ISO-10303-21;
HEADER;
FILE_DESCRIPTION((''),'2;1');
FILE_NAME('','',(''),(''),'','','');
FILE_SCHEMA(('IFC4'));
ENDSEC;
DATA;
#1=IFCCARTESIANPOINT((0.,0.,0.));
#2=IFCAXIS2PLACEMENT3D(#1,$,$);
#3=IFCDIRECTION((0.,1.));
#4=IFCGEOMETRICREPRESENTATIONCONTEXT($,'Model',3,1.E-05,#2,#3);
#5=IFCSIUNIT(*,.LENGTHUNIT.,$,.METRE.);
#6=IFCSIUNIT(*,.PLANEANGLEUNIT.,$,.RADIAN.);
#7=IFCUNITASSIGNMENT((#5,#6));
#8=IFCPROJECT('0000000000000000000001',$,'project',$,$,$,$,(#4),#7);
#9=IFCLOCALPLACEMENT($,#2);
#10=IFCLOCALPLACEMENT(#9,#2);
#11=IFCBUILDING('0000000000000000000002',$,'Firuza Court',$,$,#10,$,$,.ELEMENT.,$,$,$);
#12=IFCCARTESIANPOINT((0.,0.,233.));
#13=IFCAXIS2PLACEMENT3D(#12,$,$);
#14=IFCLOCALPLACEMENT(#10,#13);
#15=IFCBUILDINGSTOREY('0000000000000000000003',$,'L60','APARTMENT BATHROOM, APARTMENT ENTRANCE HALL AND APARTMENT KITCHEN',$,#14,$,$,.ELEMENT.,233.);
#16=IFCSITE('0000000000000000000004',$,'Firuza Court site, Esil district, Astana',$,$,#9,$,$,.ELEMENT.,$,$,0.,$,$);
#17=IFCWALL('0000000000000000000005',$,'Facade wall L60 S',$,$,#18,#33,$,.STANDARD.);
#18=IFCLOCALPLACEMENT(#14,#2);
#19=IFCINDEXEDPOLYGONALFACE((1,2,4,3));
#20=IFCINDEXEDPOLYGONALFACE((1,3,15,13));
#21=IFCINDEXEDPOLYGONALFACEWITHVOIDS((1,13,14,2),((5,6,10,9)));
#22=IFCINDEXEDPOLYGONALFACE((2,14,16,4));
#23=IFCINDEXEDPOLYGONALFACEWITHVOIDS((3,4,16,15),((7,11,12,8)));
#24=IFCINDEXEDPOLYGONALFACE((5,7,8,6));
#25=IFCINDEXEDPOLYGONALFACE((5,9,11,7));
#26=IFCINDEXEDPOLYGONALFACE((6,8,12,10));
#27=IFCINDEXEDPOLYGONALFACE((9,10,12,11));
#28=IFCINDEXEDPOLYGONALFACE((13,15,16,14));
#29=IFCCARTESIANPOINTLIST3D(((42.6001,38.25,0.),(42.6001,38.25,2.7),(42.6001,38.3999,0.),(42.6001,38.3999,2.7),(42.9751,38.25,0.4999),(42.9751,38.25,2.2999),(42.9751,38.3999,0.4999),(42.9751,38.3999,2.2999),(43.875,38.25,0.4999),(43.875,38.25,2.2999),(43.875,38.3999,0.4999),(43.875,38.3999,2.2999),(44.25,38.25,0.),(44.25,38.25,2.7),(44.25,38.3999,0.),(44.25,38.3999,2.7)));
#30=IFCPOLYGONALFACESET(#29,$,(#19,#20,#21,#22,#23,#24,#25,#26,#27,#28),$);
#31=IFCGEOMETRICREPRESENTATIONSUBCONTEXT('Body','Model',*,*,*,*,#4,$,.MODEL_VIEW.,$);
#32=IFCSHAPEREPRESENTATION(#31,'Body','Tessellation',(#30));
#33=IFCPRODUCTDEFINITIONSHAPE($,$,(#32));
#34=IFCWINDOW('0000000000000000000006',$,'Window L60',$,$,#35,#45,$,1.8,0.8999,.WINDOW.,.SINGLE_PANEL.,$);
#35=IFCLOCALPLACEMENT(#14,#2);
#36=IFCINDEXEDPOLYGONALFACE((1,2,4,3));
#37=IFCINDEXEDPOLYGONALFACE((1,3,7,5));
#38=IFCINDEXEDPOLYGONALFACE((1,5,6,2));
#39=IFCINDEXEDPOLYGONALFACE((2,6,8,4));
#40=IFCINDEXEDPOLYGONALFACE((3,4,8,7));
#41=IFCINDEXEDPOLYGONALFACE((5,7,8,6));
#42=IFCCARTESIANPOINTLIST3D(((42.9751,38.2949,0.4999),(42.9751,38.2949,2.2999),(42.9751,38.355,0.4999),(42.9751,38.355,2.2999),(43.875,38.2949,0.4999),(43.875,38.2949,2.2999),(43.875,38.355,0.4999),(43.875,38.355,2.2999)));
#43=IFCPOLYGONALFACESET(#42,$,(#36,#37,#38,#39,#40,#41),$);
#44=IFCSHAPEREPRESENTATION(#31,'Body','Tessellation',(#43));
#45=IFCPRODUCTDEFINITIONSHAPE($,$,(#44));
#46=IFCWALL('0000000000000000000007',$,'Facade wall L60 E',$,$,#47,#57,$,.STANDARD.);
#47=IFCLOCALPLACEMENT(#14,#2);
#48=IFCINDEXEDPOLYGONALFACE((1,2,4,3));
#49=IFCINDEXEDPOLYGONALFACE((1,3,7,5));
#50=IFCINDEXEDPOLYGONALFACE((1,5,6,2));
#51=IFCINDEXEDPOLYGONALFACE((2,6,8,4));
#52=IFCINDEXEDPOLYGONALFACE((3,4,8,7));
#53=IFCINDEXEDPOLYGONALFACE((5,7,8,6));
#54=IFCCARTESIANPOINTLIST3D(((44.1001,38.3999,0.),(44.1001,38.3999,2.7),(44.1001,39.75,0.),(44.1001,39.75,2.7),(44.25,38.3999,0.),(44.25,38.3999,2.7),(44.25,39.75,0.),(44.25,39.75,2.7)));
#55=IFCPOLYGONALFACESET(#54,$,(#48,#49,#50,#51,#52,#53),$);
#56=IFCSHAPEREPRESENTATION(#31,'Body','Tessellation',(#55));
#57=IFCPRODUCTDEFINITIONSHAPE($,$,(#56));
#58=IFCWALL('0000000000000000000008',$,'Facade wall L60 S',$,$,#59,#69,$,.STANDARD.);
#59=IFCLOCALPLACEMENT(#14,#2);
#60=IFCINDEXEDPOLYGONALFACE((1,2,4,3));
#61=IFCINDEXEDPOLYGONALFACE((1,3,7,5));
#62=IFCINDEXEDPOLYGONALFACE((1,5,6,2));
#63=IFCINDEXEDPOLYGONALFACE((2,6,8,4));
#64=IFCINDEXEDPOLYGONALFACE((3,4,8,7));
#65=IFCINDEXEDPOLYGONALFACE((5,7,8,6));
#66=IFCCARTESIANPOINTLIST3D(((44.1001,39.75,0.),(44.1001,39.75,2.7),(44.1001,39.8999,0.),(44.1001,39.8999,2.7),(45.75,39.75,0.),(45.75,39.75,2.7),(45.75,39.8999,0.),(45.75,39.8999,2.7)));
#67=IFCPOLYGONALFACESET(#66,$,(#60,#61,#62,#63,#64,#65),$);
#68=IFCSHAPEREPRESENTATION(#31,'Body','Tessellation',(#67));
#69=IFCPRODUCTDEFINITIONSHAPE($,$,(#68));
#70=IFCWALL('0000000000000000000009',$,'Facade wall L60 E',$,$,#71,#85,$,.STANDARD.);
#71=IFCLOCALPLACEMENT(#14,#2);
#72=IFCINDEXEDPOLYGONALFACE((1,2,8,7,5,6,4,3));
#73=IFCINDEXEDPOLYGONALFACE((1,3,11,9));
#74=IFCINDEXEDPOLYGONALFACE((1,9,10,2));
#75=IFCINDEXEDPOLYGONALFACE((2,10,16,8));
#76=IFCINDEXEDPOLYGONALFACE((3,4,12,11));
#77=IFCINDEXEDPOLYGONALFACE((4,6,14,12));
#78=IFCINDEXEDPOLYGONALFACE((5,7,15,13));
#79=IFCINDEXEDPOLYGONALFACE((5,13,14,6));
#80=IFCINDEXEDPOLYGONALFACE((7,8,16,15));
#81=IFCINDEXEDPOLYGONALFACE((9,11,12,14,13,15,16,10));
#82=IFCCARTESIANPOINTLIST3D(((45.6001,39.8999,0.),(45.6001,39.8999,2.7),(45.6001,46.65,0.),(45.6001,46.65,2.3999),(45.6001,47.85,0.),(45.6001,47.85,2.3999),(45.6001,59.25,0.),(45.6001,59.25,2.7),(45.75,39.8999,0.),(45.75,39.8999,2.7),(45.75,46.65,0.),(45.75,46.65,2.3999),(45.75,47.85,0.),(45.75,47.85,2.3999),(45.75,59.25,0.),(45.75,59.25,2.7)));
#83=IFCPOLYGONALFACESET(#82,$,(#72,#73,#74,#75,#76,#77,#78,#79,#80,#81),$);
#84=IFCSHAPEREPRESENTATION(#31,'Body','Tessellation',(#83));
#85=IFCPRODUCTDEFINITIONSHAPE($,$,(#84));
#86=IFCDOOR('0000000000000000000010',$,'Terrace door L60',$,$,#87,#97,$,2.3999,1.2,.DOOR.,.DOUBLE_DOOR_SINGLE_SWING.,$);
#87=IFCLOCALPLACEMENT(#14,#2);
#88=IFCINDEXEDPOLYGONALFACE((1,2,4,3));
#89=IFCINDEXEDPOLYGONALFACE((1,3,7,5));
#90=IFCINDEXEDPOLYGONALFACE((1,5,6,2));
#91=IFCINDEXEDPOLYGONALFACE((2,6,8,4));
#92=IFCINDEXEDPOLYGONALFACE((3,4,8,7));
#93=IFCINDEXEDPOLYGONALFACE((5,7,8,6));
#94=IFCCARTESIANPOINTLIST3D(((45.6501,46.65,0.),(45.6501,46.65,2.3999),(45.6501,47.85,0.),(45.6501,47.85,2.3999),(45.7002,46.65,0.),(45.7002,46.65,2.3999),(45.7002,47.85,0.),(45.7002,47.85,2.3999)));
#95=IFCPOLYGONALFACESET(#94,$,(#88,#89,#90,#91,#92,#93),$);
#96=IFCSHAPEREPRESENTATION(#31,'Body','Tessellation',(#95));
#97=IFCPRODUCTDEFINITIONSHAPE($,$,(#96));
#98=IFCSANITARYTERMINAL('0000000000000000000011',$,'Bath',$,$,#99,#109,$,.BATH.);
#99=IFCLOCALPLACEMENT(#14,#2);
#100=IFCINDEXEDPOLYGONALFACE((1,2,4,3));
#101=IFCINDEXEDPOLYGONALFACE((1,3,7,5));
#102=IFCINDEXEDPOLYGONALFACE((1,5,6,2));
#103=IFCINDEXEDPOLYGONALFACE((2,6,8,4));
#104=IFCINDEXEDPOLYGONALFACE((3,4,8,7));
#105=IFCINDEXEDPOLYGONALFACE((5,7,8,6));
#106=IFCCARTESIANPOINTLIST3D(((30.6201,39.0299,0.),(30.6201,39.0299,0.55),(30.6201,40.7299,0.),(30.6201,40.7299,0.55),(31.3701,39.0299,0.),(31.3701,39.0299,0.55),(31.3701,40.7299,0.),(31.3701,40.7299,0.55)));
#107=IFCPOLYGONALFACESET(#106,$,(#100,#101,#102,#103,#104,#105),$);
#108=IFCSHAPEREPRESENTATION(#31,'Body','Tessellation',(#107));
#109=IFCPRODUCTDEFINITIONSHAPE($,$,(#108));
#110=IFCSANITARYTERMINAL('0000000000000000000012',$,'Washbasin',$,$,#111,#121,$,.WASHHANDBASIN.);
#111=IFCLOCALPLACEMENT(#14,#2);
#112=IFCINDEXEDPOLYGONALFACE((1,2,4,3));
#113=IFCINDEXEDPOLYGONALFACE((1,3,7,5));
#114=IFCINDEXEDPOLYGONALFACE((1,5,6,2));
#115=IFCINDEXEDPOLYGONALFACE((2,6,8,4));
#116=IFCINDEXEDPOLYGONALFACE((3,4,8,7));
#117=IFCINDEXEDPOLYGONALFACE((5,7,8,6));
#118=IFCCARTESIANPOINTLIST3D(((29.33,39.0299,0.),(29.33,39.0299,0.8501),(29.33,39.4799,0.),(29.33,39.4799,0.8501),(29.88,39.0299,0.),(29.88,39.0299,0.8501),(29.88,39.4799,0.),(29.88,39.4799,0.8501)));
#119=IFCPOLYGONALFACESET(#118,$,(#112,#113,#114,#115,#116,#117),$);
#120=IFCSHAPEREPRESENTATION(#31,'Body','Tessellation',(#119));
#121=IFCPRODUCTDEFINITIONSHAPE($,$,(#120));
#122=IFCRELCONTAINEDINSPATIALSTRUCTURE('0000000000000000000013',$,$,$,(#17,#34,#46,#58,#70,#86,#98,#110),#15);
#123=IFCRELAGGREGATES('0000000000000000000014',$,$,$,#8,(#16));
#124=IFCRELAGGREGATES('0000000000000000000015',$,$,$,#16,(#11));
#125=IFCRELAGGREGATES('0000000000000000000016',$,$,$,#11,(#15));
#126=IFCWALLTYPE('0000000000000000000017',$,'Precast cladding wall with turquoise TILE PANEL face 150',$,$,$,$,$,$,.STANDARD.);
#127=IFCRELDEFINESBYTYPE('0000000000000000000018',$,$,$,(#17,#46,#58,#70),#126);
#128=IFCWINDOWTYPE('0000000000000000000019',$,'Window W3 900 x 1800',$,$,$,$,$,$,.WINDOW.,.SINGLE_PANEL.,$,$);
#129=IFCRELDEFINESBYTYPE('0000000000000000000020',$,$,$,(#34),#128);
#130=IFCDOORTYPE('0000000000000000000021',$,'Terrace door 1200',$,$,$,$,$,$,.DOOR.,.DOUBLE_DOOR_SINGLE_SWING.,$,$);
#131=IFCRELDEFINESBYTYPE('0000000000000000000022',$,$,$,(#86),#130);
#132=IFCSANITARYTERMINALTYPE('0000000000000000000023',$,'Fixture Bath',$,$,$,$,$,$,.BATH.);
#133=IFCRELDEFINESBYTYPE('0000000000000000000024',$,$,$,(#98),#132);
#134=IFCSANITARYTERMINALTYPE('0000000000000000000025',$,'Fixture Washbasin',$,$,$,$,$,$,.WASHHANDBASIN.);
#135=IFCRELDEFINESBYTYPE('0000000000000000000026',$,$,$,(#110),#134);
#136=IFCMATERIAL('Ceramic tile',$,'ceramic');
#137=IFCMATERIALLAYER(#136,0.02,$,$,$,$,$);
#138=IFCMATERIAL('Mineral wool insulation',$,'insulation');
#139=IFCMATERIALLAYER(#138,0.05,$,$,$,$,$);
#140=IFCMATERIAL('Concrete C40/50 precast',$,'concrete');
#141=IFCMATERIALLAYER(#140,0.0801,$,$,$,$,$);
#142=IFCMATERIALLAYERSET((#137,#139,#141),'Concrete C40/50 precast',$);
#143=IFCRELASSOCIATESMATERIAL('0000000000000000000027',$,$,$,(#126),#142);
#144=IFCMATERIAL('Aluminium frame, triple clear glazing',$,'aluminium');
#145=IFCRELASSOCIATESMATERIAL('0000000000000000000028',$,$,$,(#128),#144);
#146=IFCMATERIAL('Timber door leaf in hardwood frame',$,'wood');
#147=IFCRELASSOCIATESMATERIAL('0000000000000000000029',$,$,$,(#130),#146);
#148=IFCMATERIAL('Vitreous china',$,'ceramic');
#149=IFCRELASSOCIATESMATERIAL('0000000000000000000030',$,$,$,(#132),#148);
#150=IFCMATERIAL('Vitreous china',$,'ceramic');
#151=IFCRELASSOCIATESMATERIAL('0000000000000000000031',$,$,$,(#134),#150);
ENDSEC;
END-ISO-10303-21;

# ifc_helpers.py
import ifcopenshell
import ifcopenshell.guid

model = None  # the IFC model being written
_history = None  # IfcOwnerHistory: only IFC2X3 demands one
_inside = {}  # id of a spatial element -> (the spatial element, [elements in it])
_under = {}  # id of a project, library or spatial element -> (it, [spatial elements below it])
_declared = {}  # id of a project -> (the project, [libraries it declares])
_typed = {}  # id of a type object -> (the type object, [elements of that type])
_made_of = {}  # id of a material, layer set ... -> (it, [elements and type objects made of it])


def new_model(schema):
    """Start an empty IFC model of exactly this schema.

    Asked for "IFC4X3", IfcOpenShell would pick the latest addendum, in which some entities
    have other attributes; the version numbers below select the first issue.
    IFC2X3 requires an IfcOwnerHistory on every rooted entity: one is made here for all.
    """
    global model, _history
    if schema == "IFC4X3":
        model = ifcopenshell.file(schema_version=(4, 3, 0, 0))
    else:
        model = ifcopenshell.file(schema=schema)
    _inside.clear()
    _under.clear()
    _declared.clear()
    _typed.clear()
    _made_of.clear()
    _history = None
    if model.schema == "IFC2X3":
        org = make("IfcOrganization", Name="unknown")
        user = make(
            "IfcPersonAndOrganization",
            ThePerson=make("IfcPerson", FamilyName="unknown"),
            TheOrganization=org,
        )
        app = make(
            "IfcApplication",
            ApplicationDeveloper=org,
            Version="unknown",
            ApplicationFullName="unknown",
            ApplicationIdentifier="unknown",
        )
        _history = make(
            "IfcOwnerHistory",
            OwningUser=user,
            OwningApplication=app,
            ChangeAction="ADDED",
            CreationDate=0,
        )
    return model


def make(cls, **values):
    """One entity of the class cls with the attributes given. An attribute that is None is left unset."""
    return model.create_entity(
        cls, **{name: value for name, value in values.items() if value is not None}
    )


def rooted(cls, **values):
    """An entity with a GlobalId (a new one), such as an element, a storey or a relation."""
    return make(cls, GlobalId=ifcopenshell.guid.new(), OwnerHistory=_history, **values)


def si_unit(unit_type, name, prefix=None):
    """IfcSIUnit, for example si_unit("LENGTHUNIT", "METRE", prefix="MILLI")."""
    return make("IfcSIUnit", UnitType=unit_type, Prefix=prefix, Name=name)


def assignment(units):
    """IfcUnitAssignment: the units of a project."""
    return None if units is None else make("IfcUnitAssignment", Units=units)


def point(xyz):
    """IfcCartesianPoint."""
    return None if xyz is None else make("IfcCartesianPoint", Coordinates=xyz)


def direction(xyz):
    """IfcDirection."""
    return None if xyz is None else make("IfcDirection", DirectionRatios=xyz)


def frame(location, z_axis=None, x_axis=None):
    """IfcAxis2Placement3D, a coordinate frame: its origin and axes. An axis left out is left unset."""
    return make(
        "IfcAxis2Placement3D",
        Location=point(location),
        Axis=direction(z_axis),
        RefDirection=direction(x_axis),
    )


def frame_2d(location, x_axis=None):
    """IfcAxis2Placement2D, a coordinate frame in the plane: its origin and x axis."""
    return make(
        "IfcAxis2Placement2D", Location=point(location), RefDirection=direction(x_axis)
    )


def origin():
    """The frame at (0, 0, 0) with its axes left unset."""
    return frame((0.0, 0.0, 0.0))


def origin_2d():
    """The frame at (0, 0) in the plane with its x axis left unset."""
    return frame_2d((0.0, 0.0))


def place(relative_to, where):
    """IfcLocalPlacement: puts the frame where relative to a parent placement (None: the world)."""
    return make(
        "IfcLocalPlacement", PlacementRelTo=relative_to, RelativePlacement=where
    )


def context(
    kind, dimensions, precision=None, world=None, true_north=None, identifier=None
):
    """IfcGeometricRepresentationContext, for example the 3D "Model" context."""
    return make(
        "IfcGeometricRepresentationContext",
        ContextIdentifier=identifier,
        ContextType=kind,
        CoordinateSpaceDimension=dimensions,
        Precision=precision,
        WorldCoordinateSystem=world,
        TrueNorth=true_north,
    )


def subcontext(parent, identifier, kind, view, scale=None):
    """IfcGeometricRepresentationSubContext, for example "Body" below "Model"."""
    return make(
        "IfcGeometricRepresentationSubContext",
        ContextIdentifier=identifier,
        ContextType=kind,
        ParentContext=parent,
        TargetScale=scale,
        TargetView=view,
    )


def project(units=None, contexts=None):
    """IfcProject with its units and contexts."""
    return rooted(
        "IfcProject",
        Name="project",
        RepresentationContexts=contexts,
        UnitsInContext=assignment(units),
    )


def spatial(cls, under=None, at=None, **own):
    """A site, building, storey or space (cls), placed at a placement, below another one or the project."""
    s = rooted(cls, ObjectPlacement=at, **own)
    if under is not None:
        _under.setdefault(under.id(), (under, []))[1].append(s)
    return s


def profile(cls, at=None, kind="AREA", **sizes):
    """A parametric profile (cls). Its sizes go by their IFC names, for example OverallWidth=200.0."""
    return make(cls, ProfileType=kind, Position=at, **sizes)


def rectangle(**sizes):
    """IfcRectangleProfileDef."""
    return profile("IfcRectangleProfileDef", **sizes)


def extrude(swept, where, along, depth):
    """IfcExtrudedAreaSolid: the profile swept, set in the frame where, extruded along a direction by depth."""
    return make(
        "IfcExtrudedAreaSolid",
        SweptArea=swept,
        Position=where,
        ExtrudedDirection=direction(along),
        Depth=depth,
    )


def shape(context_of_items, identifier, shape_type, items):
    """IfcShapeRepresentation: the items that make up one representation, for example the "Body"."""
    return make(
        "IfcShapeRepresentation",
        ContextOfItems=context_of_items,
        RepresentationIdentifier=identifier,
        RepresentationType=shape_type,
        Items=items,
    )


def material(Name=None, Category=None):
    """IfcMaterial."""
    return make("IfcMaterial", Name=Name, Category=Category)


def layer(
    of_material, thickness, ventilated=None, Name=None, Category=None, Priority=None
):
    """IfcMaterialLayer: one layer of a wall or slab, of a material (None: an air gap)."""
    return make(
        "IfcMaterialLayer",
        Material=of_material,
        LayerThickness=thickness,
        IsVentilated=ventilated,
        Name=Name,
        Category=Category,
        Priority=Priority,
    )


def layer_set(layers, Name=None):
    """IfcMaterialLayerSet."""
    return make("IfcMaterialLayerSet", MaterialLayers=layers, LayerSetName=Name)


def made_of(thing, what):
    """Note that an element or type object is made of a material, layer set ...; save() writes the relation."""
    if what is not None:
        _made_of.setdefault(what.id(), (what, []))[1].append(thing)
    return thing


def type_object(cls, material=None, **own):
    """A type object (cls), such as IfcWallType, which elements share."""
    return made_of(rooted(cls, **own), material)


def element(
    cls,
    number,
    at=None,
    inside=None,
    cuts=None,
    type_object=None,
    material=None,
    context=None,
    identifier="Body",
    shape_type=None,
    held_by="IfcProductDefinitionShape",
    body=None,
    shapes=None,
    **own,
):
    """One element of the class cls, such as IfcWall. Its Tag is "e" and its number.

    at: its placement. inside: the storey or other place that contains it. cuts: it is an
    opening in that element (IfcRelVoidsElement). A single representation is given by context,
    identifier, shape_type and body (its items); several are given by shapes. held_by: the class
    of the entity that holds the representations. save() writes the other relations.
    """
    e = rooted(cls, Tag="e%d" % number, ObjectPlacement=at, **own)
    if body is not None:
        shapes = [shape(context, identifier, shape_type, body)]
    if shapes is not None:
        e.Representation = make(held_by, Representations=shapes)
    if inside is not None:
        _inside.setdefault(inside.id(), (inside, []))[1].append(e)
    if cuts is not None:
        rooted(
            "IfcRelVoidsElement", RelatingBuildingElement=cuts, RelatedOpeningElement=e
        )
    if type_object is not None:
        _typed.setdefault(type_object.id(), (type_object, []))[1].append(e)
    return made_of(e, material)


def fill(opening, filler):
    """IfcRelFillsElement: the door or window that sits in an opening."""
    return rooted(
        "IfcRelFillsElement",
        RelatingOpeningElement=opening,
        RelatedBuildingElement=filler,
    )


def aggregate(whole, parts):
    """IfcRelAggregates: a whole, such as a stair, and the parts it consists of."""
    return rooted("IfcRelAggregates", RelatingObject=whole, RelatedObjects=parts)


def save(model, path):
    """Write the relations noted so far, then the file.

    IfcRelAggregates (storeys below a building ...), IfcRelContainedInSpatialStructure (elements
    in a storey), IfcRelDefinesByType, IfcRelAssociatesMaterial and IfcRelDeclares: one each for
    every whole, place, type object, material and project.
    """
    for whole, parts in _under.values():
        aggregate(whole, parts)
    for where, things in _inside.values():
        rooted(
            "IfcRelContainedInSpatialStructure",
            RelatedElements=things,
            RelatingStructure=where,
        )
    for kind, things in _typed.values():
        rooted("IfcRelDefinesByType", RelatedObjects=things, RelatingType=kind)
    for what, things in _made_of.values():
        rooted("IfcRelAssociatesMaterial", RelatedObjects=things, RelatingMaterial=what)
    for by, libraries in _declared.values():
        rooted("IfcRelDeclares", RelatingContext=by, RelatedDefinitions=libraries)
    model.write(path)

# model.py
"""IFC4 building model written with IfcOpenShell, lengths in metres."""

from ifc_helpers import new_model, si_unit, direction, frame, frame_2d, origin, origin_2d, place, context, subcontext, project, spatial, rectangle, extrude, material, layer, layer_set, type_object, element, fill, save


model = new_model("IFC4")

# Units and contexts
model_context = context("Model", 3, precision=1e-05, world=origin(), true_north=direction((0.0, 1.0)))
body_context = subcontext(model_context, "Body", "Model", "MODEL_VIEW")
ifc_project = project(units=[si_unit("LENGTHUNIT", "METRE"), si_unit("PLANEANGLEUNIT", "RADIAN")], contexts=[model_context])

# Site, building, storey
site_placement = place(None, origin())
site = spatial("IfcSite", under=ifc_project, at=site_placement, Name="Firuza Court site, Esil district, Astana", CompositionType="ELEMENT", RefElevation=0.0)
building_placement = place(site_placement, origin())
building = spatial("IfcBuilding", under=site, at=building_placement, Name="Firuza Court", CompositionType="ELEMENT")
storey_placement = place(building_placement, frame((0.0, 0.0, 233.0)))
storey = spatial("IfcBuildingStorey", under=building, at=storey_placement, Name="L60", Description="APARTMENT BATHROOM, APARTMENT ENTRANCE HALL AND APARTMENT KITCHEN", CompositionType="ELEMENT", Elevation=233.0)

# Shared definitions
ifc_material_1 = material(Name="Ceramic tile", Category="ceramic")
ifc_layer_1 = layer(ifc_material_1, 0.02)
ifc_material_2 = material(Name="Mineral wool insulation", Category="insulation")
ifc_layer_2 = layer(ifc_material_2, 0.05)
ifc_material_3 = material(Name="Concrete C40/50 precast", Category="concrete")
ifc_layer_3 = layer(ifc_material_3, 0.0801)
ifc_layer_set_1 = layer_set([ifc_layer_1, ifc_layer_2, ifc_layer_3], Name="Concrete C40/50 precast")
wall_type_1 = type_object("IfcWallType", Name="Precast cladding wall with turquoise TILE PANEL face 150", PredefinedType="STANDARD", material=ifc_layer_set_1)

# Wall, opening, window
wall_1_placement = place(storey_placement, frame((42.6001, 38.325, 0.0), z_axis=(0.0, 0.0, 1.0), x_axis=(1.0, 0.0, 0.0)))
wall_1 = element("IfcWall", 1, at=wall_1_placement, inside=storey, type_object=wall_type_1, Name="Facade wall L60 S", PredefinedType="STANDARD", context=body_context, shape_type="SweptSolid", body=[
    extrude(rectangle(XDim=1.6499, YDim=0.1499, at=frame_2d((0.825, 0.0))), origin(), (0.0, 0.0, 1.0), 2.7),
])
opening_1_placement = place(wall_1_placement, frame((0.375, 0.0, 0.5)))
opening_1 = element("IfcOpeningElement", 2, at=opening_1_placement, cuts=wall_1, PredefinedType="OPENING", context=body_context, shape_type="SweptSolid", body=[
    extrude(rectangle(XDim=0.8999, YDim=1.8, at=frame_2d((0.45, 0.8999))), frame((0.0, 0.0869, 0.0), z_axis=(0.0, -1.0, 0.0), x_axis=(1.0, 0.0, 0.0)), (0.0, 0.0, 1.0), 0.1738),
])
ifc_material_4 = material(Name="Aluminium frame, triple clear glazing", Category="aluminium")
window_type = type_object("IfcWindowType", Name="Window W3 900 x 1800", PartitioningType="SINGLE_PANEL", PredefinedType="WINDOW", material=ifc_material_4)
window_placement = place(opening_1_placement, origin())
window = element("IfcWindow", 3, at=window_placement, inside=storey, type_object=window_type, Name="Window L60", OverallHeight=1.8, OverallWidth=0.8999, PartitioningType="SINGLE_PANEL", PredefinedType="WINDOW", context=body_context, shape_type="SweptSolid", body=[
    extrude(rectangle(XDim=0.8999, YDim=1.8, at=frame_2d((0.45, 0.8999))), frame((0.0, 0.03, 0.0), z_axis=(0.0, -1.0, 0.0), x_axis=(1.0, 0.0, 0.0)), (0.0, 0.0, 1.0), 0.0601),
])
fill(opening_1, window)

# Walls
wall_2_placement = place(storey_placement, frame((44.175, 38.3999, 0.0), z_axis=(0.0, 0.0, 1.0), x_axis=(0.0, 1.0, 0.0)))
element("IfcWall", 4, at=wall_2_placement, inside=storey, type_object=wall_type_1, Name="Facade wall L60 E", PredefinedType="STANDARD", context=body_context, shape_type="SweptSolid", body=[
    extrude(rectangle(XDim=1.3501, YDim=0.1499, at=frame_2d((0.675, 0.0))), origin(), (0.0, 0.0, 1.0), 2.7),
])
wall_3_placement = place(storey_placement, frame((44.1001, 39.825, 0.0), z_axis=(0.0, 0.0, 1.0), x_axis=(1.0, 0.0, 0.0)))
element("IfcWall", 5, at=wall_3_placement, inside=storey, type_object=wall_type_1, Name="Facade wall L60 S", PredefinedType="STANDARD", context=body_context, shape_type="SweptSolid", body=[
    extrude(rectangle(XDim=1.6499, YDim=0.1499, at=frame_2d((0.825, 0.0))), origin(), (0.0, 0.0, 1.0), 2.7),
])

# Wall, opening, door
wall_4_placement = place(storey_placement, frame((45.675, 39.8999, 0.0), z_axis=(0.0, 0.0, 1.0), x_axis=(0.0, 1.0, 0.0)))
wall_4 = element("IfcWall", 6, at=wall_4_placement, inside=storey, type_object=wall_type_1, Name="Facade wall L60 E", PredefinedType="STANDARD", context=body_context, shape_type="SweptSolid", body=[
    extrude(rectangle(XDim=19.3501, YDim=0.1499, at=frame_2d((9.675, 0.0))), origin(), (0.0, 0.0, 1.0), 2.7),
])
opening_2_placement = place(wall_4_placement, frame((6.75, 0.0, 0.0)))
opening_2 = element("IfcOpeningElement", 7, at=opening_2_placement, cuts=wall_4, PredefinedType="OPENING", context=body_context, shape_type="SweptSolid", body=[
    extrude(rectangle(XDim=1.2, YDim=2.3999, at=frame_2d((0.6001, 1.2))), frame((0.0, 0.0869, 0.0), z_axis=(0.0, -1.0, 0.0), x_axis=(1.0, 0.0, 0.0)), (0.0, 0.0, 1.0), 0.1738),
])
ifc_material_5 = material(Name="Timber door leaf in hardwood frame", Category="wood")
door_type_1 = type_object("IfcDoorType", Name="Terrace door 1200", OperationType="DOUBLE_DOOR_SINGLE_SWING", PredefinedType="DOOR", material=ifc_material_5)
door_1_placement = place(opening_2_placement, origin())
door_1 = element("IfcDoor", 8, at=door_1_placement, inside=storey, type_object=door_type_1, Name="Terrace door L60", OperationType="DOUBLE_DOOR_SINGLE_SWING", OverallHeight=2.3999, OverallWidth=1.2, PredefinedType="DOOR", context=body_context, shape_type="SweptSolid", body=[
    extrude(rectangle(XDim=1.2, YDim=2.3999, at=frame_2d((0.6001, 1.2))), frame((0.0, 0.0249, 0.0), z_axis=(0.0, -1.0, 0.0), x_axis=(1.0, 0.0, 0.0)), (0.0, 0.0, 1.0), 0.05),
])
fill(opening_2, door_1)

# Sanitary terminals
ifc_material_6 = material(Name="Vitreous china", Category="ceramic")
sanitary_terminal_type_1 = type_object("IfcSanitaryTerminalType", Name="Fixture Bath", PredefinedType="BATH", material=ifc_material_6)
sanitary_terminal_1_placement = place(storey_placement, frame((30.9951, 39.8799, 0.0), z_axis=(0.0, 0.0, 1.0), x_axis=(1.0, 0.0, 0.0)))
element("IfcSanitaryTerminal", 9, at=sanitary_terminal_1_placement, inside=storey, type_object=sanitary_terminal_type_1, Name="Bath", PredefinedType="BATH", context=body_context, shape_type="SweptSolid", body=[
    extrude(rectangle(XDim=0.75, YDim=1.7, at=origin_2d()), origin(), (0.0, 0.0, 1.0), 0.55),
])
ifc_material_7 = material(Name="Vitreous china", Category="ceramic")
sanitary_terminal_type_2 = type_object("IfcSanitaryTerminalType", Name="Fixture Washbasin", PredefinedType="WASHHANDBASIN", material=ifc_material_7)
sanitary_terminal_2_placement = place(storey_placement, frame((29.605, 39.2549, 0.0), z_axis=(0.0, 0.0, 1.0), x_axis=(1.0, 0.0, 0.0)))
element("IfcSanitaryTerminal", 10, at=sanitary_terminal_2_placement, inside=storey, type_object=sanitary_terminal_type_2, Name="Washbasin", PredefinedType="WASHHANDBASIN", context=body_context, shape_type="SweptSolid", body=[
    extrude(rectangle(XDim=0.55, YDim=0.45, at=origin_2d()), origin(), (0.0, 0.0, 1.0), 0.8501),
])

save(model, "model.ifc")
